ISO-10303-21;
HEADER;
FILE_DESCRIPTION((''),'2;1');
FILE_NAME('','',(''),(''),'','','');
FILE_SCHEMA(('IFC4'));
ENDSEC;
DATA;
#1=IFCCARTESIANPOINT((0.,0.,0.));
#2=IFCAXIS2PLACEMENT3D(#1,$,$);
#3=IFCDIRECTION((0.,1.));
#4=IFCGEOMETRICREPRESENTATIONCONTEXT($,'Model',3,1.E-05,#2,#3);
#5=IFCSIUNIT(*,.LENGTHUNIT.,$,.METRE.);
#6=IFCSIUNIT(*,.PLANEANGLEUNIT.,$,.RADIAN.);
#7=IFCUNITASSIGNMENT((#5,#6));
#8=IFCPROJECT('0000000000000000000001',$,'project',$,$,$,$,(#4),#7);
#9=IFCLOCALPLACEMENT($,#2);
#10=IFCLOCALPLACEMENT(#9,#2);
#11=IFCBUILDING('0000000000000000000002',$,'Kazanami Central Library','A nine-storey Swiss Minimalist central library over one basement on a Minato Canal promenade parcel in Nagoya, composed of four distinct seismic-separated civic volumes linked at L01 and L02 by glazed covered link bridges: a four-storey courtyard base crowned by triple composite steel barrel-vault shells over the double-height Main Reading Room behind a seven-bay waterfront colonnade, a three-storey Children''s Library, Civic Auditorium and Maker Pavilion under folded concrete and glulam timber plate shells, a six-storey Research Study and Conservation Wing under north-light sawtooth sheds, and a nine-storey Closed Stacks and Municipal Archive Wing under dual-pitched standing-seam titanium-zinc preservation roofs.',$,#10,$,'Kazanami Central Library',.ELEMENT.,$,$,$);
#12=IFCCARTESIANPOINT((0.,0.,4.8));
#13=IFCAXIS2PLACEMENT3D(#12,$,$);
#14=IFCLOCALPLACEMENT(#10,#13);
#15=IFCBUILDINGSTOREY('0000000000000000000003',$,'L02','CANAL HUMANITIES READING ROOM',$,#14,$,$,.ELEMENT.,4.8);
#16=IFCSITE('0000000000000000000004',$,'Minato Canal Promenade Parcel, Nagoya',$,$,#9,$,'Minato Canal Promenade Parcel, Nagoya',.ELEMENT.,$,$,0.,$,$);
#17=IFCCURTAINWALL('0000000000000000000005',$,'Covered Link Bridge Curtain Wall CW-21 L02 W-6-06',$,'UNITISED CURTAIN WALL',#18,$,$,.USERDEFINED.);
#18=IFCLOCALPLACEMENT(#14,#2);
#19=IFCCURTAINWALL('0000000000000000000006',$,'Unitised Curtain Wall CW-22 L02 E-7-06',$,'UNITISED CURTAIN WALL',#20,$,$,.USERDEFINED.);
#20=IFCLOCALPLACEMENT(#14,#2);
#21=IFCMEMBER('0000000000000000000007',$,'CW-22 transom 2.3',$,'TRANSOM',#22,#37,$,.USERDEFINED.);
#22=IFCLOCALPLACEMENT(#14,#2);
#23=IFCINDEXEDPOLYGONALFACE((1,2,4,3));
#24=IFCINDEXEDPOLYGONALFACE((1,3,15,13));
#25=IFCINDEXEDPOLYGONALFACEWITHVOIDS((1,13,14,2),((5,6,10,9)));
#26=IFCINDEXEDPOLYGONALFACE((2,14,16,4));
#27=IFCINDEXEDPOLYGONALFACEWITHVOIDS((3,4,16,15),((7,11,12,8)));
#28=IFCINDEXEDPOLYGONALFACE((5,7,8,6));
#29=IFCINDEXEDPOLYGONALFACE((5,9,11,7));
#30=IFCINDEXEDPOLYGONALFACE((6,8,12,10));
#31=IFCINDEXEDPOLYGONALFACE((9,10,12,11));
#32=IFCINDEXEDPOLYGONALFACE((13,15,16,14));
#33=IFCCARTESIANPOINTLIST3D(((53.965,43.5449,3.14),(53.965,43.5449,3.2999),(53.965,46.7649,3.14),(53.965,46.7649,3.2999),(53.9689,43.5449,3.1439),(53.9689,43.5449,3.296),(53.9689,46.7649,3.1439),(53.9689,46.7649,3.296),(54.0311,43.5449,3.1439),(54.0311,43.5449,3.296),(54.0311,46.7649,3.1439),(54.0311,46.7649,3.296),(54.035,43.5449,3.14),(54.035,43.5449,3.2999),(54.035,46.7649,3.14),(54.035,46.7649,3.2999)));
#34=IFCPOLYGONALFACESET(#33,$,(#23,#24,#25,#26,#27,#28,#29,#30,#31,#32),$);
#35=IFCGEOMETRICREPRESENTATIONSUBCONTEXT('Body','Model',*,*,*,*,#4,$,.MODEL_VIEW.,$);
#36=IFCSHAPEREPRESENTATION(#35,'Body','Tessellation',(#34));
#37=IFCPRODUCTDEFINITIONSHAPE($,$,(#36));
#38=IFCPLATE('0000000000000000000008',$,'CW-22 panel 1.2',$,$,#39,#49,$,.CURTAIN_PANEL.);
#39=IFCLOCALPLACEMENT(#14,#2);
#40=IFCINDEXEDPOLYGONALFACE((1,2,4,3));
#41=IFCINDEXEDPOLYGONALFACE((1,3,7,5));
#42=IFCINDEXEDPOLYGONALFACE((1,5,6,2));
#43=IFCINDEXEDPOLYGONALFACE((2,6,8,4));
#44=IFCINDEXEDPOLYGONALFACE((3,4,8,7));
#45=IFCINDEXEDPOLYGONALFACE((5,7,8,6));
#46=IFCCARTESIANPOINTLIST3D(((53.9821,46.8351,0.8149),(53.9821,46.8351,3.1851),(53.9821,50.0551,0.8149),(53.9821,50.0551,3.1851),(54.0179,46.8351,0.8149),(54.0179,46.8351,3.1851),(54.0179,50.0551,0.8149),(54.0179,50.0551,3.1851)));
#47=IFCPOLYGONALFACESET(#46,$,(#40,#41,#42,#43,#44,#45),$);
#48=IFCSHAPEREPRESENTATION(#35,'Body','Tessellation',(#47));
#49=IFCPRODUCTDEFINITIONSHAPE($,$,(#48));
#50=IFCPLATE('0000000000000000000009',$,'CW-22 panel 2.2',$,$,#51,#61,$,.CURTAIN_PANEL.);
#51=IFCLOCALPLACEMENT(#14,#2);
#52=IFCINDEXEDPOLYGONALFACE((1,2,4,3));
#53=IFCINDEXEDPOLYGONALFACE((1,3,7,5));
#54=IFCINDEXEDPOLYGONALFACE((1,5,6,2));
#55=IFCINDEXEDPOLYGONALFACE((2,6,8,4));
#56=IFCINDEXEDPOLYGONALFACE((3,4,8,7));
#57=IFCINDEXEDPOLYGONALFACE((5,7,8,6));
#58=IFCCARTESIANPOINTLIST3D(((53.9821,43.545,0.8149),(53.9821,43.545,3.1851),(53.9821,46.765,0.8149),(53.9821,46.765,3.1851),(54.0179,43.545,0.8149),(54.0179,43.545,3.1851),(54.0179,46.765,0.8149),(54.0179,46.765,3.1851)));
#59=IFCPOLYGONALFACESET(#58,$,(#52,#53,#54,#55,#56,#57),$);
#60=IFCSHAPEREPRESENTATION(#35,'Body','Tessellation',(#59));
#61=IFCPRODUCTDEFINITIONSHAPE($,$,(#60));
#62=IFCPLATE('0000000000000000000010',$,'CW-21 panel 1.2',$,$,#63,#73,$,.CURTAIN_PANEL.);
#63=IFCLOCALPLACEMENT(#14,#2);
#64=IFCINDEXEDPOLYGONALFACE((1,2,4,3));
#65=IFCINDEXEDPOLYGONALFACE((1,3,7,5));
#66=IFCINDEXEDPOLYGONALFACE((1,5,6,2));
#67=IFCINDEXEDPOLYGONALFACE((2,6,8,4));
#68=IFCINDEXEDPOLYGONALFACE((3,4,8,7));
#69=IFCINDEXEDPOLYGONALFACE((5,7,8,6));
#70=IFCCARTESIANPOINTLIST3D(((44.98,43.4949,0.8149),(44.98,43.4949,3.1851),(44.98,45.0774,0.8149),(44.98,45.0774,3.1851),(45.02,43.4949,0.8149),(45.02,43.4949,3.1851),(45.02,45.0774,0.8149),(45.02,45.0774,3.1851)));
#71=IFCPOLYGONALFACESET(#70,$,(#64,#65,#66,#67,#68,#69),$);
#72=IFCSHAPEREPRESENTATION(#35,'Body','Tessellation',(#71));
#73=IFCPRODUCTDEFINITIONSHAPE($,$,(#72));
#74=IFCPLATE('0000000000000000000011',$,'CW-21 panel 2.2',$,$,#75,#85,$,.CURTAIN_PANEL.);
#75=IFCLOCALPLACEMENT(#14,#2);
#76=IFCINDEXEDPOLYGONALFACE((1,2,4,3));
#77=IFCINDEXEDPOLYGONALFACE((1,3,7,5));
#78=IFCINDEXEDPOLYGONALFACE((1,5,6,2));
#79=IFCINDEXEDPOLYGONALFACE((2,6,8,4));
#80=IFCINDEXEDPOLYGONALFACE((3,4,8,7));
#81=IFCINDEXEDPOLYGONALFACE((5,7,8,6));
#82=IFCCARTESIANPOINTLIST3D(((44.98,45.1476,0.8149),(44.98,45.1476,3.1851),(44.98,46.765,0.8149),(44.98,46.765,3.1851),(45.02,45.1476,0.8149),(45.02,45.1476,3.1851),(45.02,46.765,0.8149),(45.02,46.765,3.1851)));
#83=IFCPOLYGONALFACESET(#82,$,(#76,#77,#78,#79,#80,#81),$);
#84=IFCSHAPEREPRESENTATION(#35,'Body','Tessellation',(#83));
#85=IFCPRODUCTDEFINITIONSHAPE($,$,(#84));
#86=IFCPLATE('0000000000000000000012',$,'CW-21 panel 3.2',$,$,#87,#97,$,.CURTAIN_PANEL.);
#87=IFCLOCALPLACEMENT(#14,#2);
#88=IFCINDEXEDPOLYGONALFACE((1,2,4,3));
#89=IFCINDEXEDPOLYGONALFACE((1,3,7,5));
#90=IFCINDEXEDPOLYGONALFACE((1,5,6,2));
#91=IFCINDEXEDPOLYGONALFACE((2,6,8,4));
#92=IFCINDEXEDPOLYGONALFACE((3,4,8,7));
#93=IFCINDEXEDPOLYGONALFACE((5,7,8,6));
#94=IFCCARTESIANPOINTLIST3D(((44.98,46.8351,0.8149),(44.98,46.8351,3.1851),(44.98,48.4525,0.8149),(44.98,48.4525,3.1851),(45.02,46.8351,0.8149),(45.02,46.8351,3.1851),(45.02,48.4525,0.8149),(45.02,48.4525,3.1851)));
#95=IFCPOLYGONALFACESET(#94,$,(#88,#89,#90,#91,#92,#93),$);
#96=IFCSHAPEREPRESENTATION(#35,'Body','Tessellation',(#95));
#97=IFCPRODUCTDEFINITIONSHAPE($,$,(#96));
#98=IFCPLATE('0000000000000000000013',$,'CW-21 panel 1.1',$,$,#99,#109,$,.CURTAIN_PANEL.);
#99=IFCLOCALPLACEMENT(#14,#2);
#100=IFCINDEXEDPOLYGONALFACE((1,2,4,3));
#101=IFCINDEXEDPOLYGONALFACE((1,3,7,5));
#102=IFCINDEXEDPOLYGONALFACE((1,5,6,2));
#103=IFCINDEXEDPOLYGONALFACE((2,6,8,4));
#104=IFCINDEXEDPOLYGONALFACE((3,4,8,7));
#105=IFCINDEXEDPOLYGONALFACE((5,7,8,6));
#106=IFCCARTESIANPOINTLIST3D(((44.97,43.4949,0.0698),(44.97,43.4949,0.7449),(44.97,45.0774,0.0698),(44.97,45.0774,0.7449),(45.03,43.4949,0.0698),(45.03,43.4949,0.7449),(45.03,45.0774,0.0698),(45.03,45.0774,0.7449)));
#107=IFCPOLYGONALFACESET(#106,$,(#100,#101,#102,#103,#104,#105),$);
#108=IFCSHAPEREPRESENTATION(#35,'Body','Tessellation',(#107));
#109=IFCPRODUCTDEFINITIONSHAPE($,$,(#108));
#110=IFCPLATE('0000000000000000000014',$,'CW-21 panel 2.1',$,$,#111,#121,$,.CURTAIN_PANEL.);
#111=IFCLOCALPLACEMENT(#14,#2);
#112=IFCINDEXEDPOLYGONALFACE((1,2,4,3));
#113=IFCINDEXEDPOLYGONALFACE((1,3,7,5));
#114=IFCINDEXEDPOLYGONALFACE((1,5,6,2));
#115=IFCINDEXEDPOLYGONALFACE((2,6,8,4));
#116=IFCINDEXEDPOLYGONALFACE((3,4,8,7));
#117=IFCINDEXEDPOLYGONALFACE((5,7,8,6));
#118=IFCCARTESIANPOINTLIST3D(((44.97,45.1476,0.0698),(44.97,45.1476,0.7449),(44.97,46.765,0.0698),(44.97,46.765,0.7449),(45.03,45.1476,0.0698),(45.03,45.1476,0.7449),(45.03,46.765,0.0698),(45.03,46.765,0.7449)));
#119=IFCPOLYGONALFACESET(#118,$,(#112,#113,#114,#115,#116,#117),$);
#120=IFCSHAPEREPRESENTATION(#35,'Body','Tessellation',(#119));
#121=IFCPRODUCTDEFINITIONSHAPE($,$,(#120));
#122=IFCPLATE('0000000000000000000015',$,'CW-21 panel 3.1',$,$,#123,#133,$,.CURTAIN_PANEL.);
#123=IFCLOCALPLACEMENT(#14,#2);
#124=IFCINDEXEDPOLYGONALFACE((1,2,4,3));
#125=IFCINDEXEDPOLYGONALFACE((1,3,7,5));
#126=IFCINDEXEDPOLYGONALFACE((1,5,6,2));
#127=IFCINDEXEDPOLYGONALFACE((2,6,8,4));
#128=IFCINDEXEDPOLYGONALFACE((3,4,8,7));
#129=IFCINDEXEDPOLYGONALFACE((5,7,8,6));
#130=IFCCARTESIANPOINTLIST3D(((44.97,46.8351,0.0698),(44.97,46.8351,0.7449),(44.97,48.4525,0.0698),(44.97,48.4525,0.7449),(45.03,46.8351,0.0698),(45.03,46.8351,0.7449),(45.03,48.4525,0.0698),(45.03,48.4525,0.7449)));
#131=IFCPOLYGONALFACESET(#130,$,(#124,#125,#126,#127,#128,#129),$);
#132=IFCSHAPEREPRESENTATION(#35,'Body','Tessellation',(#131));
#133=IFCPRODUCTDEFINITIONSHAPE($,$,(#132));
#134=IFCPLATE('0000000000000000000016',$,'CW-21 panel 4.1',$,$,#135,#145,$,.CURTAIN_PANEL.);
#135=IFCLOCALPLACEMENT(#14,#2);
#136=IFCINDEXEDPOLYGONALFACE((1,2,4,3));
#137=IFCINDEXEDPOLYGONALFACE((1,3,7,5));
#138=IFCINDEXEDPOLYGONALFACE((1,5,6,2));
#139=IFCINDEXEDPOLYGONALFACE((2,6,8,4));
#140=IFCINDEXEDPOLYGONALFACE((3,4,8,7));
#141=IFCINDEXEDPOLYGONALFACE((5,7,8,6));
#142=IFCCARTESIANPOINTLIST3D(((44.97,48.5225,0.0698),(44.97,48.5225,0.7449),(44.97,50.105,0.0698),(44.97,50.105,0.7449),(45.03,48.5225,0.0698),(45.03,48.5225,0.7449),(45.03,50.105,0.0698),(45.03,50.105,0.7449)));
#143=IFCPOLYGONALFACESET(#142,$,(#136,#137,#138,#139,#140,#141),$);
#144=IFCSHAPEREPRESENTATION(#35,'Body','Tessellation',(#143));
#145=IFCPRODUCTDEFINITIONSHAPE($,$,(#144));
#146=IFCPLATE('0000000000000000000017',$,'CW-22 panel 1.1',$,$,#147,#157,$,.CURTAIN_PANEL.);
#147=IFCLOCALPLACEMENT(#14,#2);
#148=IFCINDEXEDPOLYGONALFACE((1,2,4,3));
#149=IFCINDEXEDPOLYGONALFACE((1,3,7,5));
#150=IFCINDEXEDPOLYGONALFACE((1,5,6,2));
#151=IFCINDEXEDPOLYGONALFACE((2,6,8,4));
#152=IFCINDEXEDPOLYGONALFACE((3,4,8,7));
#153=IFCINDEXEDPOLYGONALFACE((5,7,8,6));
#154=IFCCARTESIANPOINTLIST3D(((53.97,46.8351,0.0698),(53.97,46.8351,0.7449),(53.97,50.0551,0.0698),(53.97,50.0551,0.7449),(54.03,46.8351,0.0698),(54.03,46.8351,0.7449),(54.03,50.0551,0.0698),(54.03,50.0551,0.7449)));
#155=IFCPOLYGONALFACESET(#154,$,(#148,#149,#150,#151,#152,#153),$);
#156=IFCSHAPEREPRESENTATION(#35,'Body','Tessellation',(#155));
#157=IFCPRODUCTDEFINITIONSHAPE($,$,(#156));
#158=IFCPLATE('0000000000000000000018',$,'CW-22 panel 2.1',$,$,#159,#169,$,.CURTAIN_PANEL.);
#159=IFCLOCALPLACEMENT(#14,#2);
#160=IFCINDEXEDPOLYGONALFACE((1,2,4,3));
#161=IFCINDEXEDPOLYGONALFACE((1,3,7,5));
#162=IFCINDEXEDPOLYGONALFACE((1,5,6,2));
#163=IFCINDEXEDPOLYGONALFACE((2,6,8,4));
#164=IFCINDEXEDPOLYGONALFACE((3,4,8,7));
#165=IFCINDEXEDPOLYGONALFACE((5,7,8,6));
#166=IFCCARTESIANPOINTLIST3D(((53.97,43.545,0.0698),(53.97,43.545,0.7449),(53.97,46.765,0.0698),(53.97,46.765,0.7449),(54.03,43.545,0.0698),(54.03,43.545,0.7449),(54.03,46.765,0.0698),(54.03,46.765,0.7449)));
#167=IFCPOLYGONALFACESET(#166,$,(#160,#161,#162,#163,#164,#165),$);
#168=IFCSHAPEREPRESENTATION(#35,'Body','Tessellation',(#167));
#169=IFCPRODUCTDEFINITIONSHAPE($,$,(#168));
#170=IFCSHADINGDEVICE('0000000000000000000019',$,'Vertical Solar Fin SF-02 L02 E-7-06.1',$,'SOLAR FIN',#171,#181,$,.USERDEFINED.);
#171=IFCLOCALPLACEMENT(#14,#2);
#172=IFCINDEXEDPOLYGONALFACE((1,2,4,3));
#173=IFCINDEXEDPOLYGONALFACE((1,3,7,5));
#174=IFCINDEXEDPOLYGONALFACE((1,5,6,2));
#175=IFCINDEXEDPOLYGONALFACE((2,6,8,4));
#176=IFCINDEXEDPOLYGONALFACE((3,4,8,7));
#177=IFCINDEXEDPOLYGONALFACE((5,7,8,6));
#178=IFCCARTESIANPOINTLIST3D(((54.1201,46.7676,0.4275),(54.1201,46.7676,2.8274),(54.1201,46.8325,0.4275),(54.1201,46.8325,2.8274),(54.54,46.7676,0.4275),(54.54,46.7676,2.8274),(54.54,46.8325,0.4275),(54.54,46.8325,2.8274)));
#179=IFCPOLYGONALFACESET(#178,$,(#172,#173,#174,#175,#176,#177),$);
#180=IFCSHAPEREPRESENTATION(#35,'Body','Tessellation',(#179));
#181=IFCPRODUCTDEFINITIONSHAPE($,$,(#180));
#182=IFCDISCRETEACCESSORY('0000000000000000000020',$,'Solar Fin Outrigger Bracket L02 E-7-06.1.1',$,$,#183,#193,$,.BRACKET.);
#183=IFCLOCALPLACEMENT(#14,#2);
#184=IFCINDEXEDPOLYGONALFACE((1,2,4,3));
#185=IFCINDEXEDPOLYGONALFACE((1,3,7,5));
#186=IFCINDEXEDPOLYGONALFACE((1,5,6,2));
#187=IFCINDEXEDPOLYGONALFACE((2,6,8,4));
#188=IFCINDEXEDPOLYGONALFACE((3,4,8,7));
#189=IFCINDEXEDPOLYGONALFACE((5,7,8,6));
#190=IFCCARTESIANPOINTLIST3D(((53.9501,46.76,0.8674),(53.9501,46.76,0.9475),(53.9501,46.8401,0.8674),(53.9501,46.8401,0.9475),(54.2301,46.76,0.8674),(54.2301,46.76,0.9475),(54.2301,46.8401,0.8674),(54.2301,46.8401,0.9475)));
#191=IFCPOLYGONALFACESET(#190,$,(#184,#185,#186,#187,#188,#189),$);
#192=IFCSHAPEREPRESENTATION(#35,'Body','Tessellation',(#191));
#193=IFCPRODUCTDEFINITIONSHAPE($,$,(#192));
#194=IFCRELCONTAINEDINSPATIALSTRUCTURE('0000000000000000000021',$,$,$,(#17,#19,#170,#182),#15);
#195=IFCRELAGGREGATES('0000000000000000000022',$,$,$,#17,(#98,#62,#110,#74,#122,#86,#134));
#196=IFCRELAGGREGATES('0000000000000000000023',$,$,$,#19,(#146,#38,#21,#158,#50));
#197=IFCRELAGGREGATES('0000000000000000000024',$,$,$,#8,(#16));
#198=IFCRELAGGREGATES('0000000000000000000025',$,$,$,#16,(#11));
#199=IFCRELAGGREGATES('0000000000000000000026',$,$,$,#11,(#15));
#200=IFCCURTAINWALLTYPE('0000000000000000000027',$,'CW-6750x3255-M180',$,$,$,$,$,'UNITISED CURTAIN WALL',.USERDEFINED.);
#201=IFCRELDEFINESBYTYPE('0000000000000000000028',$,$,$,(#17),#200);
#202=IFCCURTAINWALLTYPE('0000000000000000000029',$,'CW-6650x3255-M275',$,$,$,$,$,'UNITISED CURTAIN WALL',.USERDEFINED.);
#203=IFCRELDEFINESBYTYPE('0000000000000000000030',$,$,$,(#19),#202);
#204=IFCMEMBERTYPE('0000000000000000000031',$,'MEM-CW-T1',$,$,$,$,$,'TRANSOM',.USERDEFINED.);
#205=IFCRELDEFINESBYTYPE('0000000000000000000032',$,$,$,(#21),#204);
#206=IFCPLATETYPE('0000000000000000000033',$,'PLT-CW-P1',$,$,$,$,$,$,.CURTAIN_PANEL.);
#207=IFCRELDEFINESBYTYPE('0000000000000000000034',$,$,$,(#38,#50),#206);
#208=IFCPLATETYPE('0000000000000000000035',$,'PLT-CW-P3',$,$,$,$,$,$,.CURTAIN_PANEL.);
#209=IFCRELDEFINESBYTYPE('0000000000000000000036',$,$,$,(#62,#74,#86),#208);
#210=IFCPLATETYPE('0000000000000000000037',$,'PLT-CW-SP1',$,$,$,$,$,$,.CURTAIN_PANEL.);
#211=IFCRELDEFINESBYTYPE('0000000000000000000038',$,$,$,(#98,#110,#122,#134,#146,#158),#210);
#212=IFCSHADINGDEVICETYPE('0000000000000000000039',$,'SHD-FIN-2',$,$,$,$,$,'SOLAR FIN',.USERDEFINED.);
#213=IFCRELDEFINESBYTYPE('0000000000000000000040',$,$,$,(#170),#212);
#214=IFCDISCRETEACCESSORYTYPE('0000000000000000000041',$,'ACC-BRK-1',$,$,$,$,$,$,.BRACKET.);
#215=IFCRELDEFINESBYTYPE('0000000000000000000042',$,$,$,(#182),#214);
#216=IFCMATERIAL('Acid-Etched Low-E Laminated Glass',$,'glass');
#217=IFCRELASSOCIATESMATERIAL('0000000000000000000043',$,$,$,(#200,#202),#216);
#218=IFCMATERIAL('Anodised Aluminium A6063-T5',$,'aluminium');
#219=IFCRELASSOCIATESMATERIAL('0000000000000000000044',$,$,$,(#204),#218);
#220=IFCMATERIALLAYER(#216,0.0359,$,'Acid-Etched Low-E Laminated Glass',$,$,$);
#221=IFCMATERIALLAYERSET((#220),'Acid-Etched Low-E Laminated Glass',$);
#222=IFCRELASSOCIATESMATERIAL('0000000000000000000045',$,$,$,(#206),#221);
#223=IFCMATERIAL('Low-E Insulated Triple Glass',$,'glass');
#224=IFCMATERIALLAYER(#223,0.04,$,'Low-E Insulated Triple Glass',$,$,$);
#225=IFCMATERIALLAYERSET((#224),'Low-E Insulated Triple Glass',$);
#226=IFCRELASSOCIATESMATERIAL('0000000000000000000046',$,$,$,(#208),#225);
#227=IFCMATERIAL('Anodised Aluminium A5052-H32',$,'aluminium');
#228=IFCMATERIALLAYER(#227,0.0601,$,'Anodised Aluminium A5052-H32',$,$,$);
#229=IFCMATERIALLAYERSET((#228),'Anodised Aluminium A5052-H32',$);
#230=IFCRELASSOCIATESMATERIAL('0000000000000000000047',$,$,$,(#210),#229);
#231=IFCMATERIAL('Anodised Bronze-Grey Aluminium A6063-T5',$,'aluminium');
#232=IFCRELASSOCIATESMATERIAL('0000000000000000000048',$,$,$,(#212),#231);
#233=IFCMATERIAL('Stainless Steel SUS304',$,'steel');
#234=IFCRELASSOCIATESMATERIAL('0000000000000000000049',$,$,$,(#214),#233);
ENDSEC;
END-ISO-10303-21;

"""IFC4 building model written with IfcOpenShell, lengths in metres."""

from ifc_helpers import new_model, si_unit, direction, frame, origin, origin_2d, place, context, subcontext, project, spatial, rectangle, hollow_rectangle, extrude, material, layer, layer_set, material_profile, profile_set, type_object, element, aggregate, save


model = new_model("IFC4")

# Units and contexts
model_context = context("Model", 3, precision=1e-05, world=origin(), true_north=direction((0.0, 1.0)))
body_context = subcontext(model_context, "Body", "Model", "MODEL_VIEW")
ifc_project = project(units=[si_unit("LENGTHUNIT", "METRE"), si_unit("PLANEANGLEUNIT", "RADIAN")], contexts=[model_context])

# Site, building, storey
site_placement = place(None, origin())
site = spatial("IfcSite", under=ifc_project, at=site_placement, Name="Minato Canal Promenade Parcel, Nagoya", LongName="Minato Canal Promenade Parcel, Nagoya", CompositionType="ELEMENT", RefElevation=0.0)
building_placement = place(site_placement, origin())
building = spatial("IfcBuilding", under=site, at=building_placement, Name="Kazanami Central Library", Description="A nine-storey Swiss Minimalist central library over one basement on a Minato Canal promenade parcel in Nagoya, composed of four distinct seismic-separated civic volumes linked at L01 and L02 by glazed covered link bridges: a four-storey courtyard base crowned by triple composite steel barrel-vault shells over the double-height Main Reading Room behind a seven-bay waterfront colonnade, a three-storey Children's Library, Civic Auditorium and Maker Pavilion under folded concrete and glulam timber plate shells, a six-storey Research Study and Conservation Wing under north-light sawtooth sheds, and a nine-storey Closed Stacks and Municipal Archive Wing under dual-pitched standing-seam titanium-zinc preservation roofs.", LongName="Kazanami Central Library", CompositionType="ELEMENT")
storey_placement = place(building_placement, frame((0.0, 0.0, 4.8)))
storey = spatial("IfcBuildingStorey", under=building, at=storey_placement, Name="L02", Description="CANAL HUMANITIES READING ROOM", CompositionType="ELEMENT", Elevation=4.8)

# Curtain walls
ifc_material_1 = material(Name="Acid-Etched Low-E Laminated Glass", Category="glass")
curtain_wall_type_1 = type_object("IfcCurtainWallType", Name="CW-6750x3255-M180", ElementType="UNITISED CURTAIN WALL", PredefinedType="USERDEFINED", material=ifc_material_1)
curtain_wall_1_placement = place(storey_placement, origin())
curtain_wall_1 = element("IfcCurtainWall", 1, at=curtain_wall_1_placement, inside=storey, type_object=curtain_wall_type_1, Name="Covered Link Bridge Curtain Wall CW-21 L02 W-6-06", ObjectType="UNITISED CURTAIN WALL", PredefinedType="USERDEFINED")
ifc_material_2 = material(Name="Anodised Aluminium A6063-T5", Category="aluminium")
curtain_wall_type_2 = type_object("IfcCurtainWallType", Name="CW-6650x3255-M275", ElementType="UNITISED CURTAIN WALL", PredefinedType="USERDEFINED", material=ifc_material_1)
curtain_wall_2_placement = place(storey_placement, origin())
curtain_wall_2 = element("IfcCurtainWall", 2, at=curtain_wall_2_placement, inside=storey, type_object=curtain_wall_type_2, Name="Unitised Curtain Wall CW-22 L02 E-7-06", ObjectType="UNITISED CURTAIN WALL", PredefinedType="USERDEFINED")

# Member
ifc_material_profile_1 = material_profile(ifc_material_2, hollow_rectangle(XDim=0.0701, YDim=0.1599, WallThickness=0.0039, at=origin_2d()), Name="ALU-TRAN-70x160x4")
ifc_profile_set_1 = profile_set([ifc_material_profile_1], Name="Anodised Aluminium A6063-T5")
member_type_1 = type_object("IfcMemberType", Name="MEM-CW-T1", ElementType="TRANSOM", PredefinedType="USERDEFINED", material=ifc_profile_set_1)
member_1_placement = place(storey_placement, frame((54.0, 46.7649, 3.22), z_axis=(0.0, -1.0, 0.0), x_axis=(1.0, 0.0, 0.0)))
member_1 = element("IfcMember", 3, at=member_1_placement, type_object=member_type_1, Name="CW-22 transom 2.3", ObjectType="TRANSOM", PredefinedType="USERDEFINED", context=body_context, shape_type="SweptSolid", body=[
    extrude(hollow_rectangle(XDim=0.0701, YDim=0.1599, WallThickness=0.0039, at=origin_2d()), origin(), (0.0, 0.0, 1.0), 3.22),
])

# Plates
ifc_layer_1 = layer(ifc_material_1, 0.0359, Name="Acid-Etched Low-E Laminated Glass")
ifc_layer_set_1 = layer_set([ifc_layer_1], Name="Acid-Etched Low-E Laminated Glass")
plate_type_1 = type_object("IfcPlateType", Name="PLT-CW-P1", PredefinedType="CURTAIN_PANEL", material=ifc_layer_set_1)
plate_1_placement = place(storey_placement, frame((54.0, 48.4451, 0.8149), z_axis=(0.0, 0.0, 1.0), x_axis=(0.0, -1.0, 0.0)))
plate_1 = element("IfcPlate", 4, at=plate_1_placement, type_object=plate_type_1, Name="CW-22 panel 1.2", PredefinedType="CURTAIN_PANEL", context=body_context, shape_type="SweptSolid", body=[
    extrude(rectangle(XDim=3.22, YDim=0.0359, at=origin_2d()), origin(), (0.0, 0.0, 1.0), 2.3701),
])
plate_2_placement = place(storey_placement, frame((54.0, 45.155, 0.8149), z_axis=(0.0, 0.0, 1.0), x_axis=(0.0, -1.0, 0.0)))
plate_2 = element("IfcPlate", 5, at=plate_2_placement, type_object=plate_type_1, Name="CW-22 panel 2.2", PredefinedType="CURTAIN_PANEL", context=body_context, shape_type="SweptSolid", body=[
    extrude(rectangle(XDim=3.22, YDim=0.0359, at=origin_2d()), origin(), (0.0, 0.0, 1.0), 2.3701),
])
ifc_material_3 = material(Name="Low-E Insulated Triple Glass", Category="glass")
ifc_layer_2 = layer(ifc_material_3, 0.04, Name="Low-E Insulated Triple Glass")
ifc_layer_set_2 = layer_set([ifc_layer_2], Name="Low-E Insulated Triple Glass")
plate_type_2 = type_object("IfcPlateType", Name="PLT-CW-P3", PredefinedType="CURTAIN_PANEL", material=ifc_layer_set_2)
plate_3_placement = place(storey_placement, frame((45.0, 44.2861, 0.8149), z_axis=(0.0, 0.0, 1.0), x_axis=(0.0, 1.0, 0.0)))
plate_3 = element("IfcPlate", 6, at=plate_3_placement, type_object=plate_type_2, Name="CW-21 panel 1.2", PredefinedType="CURTAIN_PANEL", context=body_context, shape_type="SweptSolid", body=[
    extrude(rectangle(XDim=1.5825, YDim=0.04, at=origin_2d()), origin(), (0.0, 0.0, 1.0), 2.3701),
])
plate_4_placement = place(storey_placement, frame((45.0, 45.9563, 0.8149), z_axis=(0.0, 0.0, 1.0), x_axis=(0.0, 1.0, 0.0)))
plate_4 = element("IfcPlate", 7, at=plate_4_placement, type_object=plate_type_2, Name="CW-21 panel 2.2", PredefinedType="CURTAIN_PANEL", context=body_context, shape_type="SweptSolid", body=[
    extrude(rectangle(XDim=1.6174, YDim=0.04, at=origin_2d()), origin(), (0.0, 0.0, 1.0), 2.3701),
])
plate_5_placement = place(storey_placement, frame((45.0, 47.6438, 0.8149), z_axis=(0.0, 0.0, 1.0), x_axis=(0.0, 1.0, 0.0)))
plate_5 = element("IfcPlate", 8, at=plate_5_placement, type_object=plate_type_2, Name="CW-21 panel 3.2", PredefinedType="CURTAIN_PANEL", context=body_context, shape_type="SweptSolid", body=[
    extrude(rectangle(XDim=1.6174, YDim=0.04, at=origin_2d()), origin(), (0.0, 0.0, 1.0), 2.3701),
])
ifc_material_4 = material(Name="Anodised Aluminium A5052-H32", Category="aluminium")
ifc_layer_3 = layer(ifc_material_4, 0.0601, Name="Anodised Aluminium A5052-H32")
ifc_layer_set_3 = layer_set([ifc_layer_3], Name="Anodised Aluminium A5052-H32")
plate_type_3 = type_object("IfcPlateType", Name="PLT-CW-SP1", PredefinedType="CURTAIN_PANEL", material=ifc_layer_set_3)
plate_6_placement = place(storey_placement, frame((45.0, 44.2861, 0.0698), z_axis=(0.0, 0.0, 1.0), x_axis=(0.0, 1.0, 0.0)))
plate_6 = element("IfcPlate", 9, at=plate_6_placement, type_object=plate_type_3, Name="CW-21 panel 1.1", PredefinedType="CURTAIN_PANEL", context=body_context, shape_type="SweptSolid", body=[
    extrude(rectangle(XDim=1.5825, YDim=0.0601, at=origin_2d()), origin(), (0.0, 0.0, 1.0), 0.675),
])
plate_7_placement = place(storey_placement, frame((45.0, 45.9563, 0.0698), z_axis=(0.0, 0.0, 1.0), x_axis=(0.0, 1.0, 0.0)))
plate_7 = element("IfcPlate", 10, at=plate_7_placement, type_object=plate_type_3, Name="CW-21 panel 2.1", PredefinedType="CURTAIN_PANEL", context=body_context, shape_type="SweptSolid", body=[
    extrude(rectangle(XDim=1.6174, YDim=0.0601, at=origin_2d()), origin(), (0.0, 0.0, 1.0), 0.675),
])
plate_8_placement = place(storey_placement, frame((45.0, 47.6438, 0.0698), z_axis=(0.0, 0.0, 1.0), x_axis=(0.0, 1.0, 0.0)))
plate_8 = element("IfcPlate", 11, at=plate_8_placement, type_object=plate_type_3, Name="CW-21 panel 3.1", PredefinedType="CURTAIN_PANEL", context=body_context, shape_type="SweptSolid", body=[
    extrude(rectangle(XDim=1.6174, YDim=0.0601, at=origin_2d()), origin(), (0.0, 0.0, 1.0), 0.675),
])
plate_9_placement = place(storey_placement, frame((45.0, 49.3137, 0.0698), z_axis=(0.0, 0.0, 1.0), x_axis=(0.0, 1.0, 0.0)))
plate_9 = element("IfcPlate", 12, at=plate_9_placement, type_object=plate_type_3, Name="CW-21 panel 4.1", PredefinedType="CURTAIN_PANEL", context=body_context, shape_type="SweptSolid", body=[
    extrude(rectangle(XDim=1.5825, YDim=0.0601, at=origin_2d()), origin(), (0.0, 0.0, 1.0), 0.675),
])
aggregate(curtain_wall_1, [plate_6, plate_3, plate_7, plate_4, plate_8, plate_5, plate_9])
plate_10_placement = place(storey_placement, frame((54.0, 48.4451, 0.0698), z_axis=(0.0, 0.0, 1.0), x_axis=(0.0, -1.0, 0.0)))
plate_10 = element("IfcPlate", 13, at=plate_10_placement, type_object=plate_type_3, Name="CW-22 panel 1.1", PredefinedType="CURTAIN_PANEL", context=body_context, shape_type="SweptSolid", body=[
    extrude(rectangle(XDim=3.22, YDim=0.0601, at=origin_2d()), origin(), (0.0, 0.0, 1.0), 0.675),
])
plate_11_placement = place(storey_placement, frame((54.0, 45.155, 0.0698), z_axis=(0.0, 0.0, 1.0), x_axis=(0.0, -1.0, 0.0)))
plate_11 = element("IfcPlate", 14, at=plate_11_placement, type_object=plate_type_3, Name="CW-22 panel 2.1", PredefinedType="CURTAIN_PANEL", context=body_context, shape_type="SweptSolid", body=[
    extrude(rectangle(XDim=3.22, YDim=0.0601, at=origin_2d()), origin(), (0.0, 0.0, 1.0), 0.675),
])
aggregate(curtain_wall_2, [plate_10, plate_1, member_1, plate_11, plate_2])

# Shading device
ifc_material_5 = material(Name="Anodised Bronze-Grey Aluminium A6063-T5", Category="aluminium")
shading_device_type = type_object("IfcShadingDeviceType", Name="SHD-FIN-2", ElementType="SOLAR FIN", PredefinedType="USERDEFINED", material=ifc_material_5)
shading_device_placement = place(storey_placement, frame((54.3301, 46.8, 0.4275), z_axis=(0.0, 0.0, 1.0), x_axis=(0.0, -1.0, 0.0)))
element("IfcShadingDevice", 15, at=shading_device_placement, inside=storey, type_object=shading_device_type, Name="Vertical Solar Fin SF-02 L02 E-7-06.1", ObjectType="SOLAR FIN", PredefinedType="USERDEFINED", context=body_context, shape_type="SweptSolid", body=[
    extrude(rectangle(XDim=0.0649, YDim=0.4199, at=origin_2d()), origin(), (0.0, 0.0, 1.0), 2.3999),
])

# Discrete accessory
ifc_material_6 = material(Name="Stainless Steel SUS304", Category="steel")
discrete_accessory_type = type_object("IfcDiscreteAccessoryType", Name="ACC-BRK-1", PredefinedType="BRACKET", material=ifc_material_6)
for number, where, z_axis, x_axis, name in (
    (16, (54.0901, 46.8, 0.8674), (0.0, 0.0, 1.0), (0.0, -1.0, 0.0), "Solar Fin Outrigger Bracket L02 E-7-06.1.1"),
):
    element("IfcDiscreteAccessory", number, at=place(storey_placement, frame(where, z_axis=z_axis, x_axis=x_axis)), inside=storey, type_object=discrete_accessory_type, Name=name, PredefinedType="BRACKET", context=body_context, shape_type="SweptSolid", body=[
        extrude(rectangle(XDim=0.0801, YDim=0.28, at=origin_2d()), origin(), (0.0, 0.0, 1.0), 0.0801),
    ])

save(model, "model.ifc")
